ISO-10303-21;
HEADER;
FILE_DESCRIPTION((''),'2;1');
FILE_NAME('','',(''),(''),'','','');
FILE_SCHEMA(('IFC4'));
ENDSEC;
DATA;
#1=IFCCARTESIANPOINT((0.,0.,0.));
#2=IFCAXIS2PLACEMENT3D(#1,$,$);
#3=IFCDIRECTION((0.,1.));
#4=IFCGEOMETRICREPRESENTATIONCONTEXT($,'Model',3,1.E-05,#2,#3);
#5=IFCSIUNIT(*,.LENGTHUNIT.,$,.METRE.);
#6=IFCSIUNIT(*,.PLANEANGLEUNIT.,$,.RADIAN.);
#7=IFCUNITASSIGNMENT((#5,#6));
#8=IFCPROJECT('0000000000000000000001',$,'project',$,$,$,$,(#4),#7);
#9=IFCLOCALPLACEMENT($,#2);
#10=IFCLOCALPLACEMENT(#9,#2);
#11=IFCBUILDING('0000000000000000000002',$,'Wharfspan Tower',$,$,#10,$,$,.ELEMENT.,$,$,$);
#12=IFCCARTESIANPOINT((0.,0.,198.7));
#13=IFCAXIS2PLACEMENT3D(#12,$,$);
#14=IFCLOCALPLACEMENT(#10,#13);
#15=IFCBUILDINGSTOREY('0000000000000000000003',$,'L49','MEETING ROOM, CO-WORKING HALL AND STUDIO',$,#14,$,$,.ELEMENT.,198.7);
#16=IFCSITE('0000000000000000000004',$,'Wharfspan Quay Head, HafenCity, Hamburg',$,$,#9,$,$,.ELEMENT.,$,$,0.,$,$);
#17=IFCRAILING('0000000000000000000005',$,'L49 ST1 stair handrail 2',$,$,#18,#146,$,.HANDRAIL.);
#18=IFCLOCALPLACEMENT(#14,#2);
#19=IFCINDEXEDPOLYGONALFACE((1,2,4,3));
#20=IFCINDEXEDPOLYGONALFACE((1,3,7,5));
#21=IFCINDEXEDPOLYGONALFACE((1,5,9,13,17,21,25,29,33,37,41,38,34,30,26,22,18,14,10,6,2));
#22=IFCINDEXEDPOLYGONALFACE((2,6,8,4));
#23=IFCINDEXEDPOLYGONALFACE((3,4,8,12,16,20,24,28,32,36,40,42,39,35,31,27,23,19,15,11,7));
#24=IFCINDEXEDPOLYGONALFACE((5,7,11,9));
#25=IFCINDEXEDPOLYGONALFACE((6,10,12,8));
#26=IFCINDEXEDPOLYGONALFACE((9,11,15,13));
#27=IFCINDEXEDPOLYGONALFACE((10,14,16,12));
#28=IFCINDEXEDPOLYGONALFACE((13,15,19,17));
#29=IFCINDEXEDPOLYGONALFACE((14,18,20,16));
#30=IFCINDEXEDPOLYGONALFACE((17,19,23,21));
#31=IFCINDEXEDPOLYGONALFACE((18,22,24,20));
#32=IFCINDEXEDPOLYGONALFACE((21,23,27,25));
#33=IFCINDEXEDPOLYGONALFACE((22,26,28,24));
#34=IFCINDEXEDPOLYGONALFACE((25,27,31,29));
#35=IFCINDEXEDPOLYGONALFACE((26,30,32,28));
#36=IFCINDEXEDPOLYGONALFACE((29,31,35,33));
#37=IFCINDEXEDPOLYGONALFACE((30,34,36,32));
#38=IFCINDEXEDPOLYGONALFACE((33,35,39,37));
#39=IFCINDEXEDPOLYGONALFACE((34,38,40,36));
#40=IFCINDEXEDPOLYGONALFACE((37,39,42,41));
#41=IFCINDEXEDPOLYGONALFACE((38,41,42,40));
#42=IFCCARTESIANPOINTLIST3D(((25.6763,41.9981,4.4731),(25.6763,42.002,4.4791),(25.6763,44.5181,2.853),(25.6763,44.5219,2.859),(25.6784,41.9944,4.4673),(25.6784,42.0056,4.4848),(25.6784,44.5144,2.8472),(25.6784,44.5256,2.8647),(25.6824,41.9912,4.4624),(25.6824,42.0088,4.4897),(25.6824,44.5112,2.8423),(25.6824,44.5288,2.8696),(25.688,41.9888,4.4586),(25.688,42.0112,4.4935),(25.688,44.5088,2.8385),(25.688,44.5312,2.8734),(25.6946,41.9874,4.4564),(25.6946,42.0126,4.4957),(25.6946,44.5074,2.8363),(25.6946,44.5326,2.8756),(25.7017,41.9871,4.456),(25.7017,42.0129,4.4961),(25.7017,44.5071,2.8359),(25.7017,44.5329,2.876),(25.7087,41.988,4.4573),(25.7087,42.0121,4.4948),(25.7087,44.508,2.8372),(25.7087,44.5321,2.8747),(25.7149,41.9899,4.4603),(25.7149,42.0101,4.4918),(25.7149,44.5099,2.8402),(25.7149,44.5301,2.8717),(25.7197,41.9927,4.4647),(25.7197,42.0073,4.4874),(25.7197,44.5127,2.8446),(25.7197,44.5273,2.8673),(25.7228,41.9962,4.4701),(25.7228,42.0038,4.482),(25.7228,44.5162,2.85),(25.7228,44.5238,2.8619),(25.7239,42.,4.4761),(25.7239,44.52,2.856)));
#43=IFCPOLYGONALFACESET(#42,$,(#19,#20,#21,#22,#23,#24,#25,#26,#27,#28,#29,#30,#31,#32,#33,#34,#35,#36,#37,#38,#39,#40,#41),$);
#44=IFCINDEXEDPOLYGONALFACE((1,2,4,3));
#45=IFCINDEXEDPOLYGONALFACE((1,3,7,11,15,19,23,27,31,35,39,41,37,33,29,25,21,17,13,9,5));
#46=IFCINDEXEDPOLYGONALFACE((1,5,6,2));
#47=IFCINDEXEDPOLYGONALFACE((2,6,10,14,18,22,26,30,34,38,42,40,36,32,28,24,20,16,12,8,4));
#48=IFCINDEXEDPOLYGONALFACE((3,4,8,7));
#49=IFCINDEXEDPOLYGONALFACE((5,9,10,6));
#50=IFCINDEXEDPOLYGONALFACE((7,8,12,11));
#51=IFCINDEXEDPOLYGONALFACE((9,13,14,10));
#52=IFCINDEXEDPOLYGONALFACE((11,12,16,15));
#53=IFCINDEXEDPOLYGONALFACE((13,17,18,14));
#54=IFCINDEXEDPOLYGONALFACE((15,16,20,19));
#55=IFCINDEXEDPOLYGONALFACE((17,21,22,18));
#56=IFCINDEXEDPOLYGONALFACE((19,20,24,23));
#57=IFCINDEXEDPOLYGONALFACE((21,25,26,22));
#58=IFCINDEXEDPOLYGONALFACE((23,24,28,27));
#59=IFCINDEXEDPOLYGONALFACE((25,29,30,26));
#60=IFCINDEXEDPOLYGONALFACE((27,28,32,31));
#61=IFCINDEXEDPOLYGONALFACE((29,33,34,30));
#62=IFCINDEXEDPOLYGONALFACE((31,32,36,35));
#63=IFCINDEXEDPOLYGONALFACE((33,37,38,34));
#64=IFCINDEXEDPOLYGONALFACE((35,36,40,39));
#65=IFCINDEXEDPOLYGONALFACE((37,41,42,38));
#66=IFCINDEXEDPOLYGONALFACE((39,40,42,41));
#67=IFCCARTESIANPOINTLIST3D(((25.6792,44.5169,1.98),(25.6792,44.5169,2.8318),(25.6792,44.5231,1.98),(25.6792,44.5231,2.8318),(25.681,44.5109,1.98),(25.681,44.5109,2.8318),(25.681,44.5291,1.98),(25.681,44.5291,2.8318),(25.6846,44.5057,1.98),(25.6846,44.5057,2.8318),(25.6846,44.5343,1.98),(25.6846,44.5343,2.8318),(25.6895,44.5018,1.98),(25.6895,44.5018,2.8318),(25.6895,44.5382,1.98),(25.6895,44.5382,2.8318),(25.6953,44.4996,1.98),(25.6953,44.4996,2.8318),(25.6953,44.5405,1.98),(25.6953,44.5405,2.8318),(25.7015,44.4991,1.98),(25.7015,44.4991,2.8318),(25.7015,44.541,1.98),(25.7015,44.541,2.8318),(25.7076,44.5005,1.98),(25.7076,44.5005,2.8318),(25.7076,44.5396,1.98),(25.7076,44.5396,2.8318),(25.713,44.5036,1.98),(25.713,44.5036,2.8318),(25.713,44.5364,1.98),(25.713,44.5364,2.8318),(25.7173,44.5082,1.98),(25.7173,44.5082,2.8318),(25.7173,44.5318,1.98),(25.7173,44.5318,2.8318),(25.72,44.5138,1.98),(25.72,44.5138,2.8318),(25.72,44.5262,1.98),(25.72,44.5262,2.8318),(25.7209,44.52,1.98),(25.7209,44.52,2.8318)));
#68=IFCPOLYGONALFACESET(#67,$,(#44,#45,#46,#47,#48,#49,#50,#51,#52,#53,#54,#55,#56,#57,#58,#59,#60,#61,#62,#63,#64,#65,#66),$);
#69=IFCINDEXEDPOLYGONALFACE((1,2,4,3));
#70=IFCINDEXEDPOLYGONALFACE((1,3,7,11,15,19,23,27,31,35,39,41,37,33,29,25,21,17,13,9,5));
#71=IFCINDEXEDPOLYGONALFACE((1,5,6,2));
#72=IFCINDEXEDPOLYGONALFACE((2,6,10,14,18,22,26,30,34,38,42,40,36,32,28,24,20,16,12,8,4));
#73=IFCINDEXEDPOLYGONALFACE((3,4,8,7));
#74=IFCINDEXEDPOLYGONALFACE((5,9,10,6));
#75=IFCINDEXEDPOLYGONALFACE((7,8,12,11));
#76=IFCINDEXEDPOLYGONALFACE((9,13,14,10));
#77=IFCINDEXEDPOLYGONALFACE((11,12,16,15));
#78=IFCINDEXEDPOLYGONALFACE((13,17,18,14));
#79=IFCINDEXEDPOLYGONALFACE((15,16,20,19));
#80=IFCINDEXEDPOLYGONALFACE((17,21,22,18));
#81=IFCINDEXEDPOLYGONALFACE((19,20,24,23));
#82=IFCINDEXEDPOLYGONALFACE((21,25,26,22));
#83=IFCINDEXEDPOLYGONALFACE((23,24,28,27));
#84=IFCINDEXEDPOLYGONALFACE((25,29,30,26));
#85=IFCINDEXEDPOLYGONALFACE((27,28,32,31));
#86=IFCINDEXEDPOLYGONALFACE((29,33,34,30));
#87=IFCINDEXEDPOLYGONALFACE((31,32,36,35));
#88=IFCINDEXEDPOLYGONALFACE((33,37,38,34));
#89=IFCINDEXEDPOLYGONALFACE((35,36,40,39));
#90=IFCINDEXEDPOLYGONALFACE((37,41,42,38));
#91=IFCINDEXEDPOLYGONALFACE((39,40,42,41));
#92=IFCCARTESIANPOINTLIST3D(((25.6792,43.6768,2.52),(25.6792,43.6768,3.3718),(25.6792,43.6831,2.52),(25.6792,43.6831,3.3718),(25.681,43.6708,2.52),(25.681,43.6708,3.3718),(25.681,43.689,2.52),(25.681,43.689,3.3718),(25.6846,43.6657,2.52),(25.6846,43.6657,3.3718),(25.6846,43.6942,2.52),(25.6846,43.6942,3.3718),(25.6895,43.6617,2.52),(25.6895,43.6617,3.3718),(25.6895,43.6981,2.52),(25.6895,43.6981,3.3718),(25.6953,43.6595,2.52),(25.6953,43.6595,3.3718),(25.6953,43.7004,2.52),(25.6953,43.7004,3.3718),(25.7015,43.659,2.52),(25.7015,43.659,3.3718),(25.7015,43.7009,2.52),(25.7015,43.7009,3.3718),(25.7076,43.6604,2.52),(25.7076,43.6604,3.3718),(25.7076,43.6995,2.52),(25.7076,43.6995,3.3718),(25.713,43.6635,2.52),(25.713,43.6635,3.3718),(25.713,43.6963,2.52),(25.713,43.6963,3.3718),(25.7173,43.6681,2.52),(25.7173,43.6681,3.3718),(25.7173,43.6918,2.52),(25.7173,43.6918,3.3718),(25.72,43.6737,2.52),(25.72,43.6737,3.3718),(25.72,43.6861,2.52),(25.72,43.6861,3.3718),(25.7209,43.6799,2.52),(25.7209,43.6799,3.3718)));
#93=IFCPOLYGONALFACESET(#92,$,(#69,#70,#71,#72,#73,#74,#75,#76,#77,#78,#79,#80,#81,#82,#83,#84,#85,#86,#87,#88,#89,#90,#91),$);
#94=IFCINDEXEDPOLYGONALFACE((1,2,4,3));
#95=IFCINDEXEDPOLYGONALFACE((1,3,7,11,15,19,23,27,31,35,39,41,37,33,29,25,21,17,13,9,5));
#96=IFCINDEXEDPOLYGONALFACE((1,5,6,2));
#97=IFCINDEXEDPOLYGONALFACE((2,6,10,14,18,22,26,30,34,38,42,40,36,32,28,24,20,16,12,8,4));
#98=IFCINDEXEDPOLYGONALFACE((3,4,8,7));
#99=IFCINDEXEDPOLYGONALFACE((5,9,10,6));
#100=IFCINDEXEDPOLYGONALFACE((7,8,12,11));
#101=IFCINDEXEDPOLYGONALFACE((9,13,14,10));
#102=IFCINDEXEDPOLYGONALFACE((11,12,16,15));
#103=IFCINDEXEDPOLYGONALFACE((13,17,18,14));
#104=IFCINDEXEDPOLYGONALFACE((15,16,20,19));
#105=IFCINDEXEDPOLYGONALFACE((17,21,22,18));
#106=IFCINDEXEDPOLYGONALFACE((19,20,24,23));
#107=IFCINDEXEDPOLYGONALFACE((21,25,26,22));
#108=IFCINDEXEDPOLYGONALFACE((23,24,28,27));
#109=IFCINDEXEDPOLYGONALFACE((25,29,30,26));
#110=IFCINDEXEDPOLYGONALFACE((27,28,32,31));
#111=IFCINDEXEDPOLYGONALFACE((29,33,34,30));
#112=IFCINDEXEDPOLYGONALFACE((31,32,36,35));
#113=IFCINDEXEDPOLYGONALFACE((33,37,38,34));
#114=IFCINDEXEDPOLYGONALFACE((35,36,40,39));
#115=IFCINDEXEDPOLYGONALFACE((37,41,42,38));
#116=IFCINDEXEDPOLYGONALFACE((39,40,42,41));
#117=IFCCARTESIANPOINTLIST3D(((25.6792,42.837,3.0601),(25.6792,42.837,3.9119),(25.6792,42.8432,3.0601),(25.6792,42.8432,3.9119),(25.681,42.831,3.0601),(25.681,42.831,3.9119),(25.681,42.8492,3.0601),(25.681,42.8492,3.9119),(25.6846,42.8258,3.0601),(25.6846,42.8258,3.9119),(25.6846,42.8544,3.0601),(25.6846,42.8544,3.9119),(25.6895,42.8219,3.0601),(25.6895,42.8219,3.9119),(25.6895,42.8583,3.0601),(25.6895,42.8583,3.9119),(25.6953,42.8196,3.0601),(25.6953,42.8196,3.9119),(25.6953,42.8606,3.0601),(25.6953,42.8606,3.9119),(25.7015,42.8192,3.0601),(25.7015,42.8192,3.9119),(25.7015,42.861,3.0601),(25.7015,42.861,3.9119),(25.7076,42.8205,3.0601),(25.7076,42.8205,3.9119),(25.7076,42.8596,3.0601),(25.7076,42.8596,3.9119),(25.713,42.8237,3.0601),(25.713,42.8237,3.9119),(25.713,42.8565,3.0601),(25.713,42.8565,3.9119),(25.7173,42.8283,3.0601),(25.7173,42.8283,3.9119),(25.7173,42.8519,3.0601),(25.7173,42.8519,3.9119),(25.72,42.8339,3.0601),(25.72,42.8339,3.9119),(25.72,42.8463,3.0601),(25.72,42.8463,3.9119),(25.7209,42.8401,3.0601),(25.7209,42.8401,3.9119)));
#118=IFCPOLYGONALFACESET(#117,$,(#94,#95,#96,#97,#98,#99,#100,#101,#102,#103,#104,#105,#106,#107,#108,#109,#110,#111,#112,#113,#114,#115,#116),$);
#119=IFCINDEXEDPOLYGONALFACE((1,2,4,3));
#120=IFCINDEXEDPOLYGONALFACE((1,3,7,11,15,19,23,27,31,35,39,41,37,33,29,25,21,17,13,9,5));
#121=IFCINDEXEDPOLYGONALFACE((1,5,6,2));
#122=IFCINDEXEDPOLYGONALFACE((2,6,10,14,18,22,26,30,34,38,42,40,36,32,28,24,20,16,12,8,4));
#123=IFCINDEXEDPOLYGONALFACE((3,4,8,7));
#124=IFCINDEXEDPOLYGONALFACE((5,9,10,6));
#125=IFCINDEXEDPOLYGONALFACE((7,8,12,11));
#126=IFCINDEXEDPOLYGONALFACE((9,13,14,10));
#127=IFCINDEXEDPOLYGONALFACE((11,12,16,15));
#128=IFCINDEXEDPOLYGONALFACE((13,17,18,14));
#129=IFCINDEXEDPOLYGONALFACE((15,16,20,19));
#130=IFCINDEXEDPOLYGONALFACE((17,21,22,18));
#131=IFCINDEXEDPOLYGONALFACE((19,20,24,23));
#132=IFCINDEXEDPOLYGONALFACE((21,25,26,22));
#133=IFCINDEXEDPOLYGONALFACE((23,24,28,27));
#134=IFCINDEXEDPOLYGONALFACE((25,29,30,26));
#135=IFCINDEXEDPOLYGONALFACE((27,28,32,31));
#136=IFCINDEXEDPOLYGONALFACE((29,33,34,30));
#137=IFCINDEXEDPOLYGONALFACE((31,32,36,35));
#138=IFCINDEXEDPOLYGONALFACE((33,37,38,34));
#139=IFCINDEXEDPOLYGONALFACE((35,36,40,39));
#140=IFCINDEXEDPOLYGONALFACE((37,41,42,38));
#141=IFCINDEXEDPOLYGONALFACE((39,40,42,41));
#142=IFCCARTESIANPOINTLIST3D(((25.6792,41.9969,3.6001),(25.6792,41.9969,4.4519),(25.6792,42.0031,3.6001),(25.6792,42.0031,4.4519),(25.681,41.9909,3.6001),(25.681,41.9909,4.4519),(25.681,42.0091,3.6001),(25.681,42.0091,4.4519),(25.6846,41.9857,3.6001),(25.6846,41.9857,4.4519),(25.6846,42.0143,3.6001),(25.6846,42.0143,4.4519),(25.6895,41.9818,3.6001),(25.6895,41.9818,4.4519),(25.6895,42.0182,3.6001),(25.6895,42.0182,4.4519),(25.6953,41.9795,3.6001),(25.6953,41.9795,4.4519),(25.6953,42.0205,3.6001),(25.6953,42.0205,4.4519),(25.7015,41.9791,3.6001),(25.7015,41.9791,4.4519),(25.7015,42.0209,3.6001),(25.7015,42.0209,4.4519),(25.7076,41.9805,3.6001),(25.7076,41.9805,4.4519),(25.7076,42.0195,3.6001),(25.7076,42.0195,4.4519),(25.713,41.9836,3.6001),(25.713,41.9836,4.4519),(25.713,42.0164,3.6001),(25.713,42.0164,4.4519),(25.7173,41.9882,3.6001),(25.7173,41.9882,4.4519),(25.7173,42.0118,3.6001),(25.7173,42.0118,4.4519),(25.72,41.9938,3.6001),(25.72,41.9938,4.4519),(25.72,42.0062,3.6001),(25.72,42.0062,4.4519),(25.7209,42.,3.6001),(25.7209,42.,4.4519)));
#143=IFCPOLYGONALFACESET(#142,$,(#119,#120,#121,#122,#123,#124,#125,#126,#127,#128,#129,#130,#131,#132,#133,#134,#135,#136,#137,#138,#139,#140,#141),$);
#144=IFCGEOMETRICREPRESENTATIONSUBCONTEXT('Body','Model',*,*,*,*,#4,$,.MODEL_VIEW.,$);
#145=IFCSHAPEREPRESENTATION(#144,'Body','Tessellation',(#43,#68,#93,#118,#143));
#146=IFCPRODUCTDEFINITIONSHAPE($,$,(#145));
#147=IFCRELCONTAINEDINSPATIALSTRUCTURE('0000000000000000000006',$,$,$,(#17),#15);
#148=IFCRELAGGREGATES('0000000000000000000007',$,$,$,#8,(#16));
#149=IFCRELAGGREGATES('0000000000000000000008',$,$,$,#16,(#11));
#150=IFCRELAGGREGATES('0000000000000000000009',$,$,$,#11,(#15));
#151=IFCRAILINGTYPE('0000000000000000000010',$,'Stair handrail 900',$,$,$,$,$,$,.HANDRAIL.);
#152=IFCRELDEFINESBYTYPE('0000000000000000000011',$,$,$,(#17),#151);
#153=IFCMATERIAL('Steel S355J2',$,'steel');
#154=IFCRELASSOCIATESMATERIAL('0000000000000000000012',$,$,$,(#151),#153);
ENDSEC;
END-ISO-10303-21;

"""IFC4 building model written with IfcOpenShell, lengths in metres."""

from ifc_helpers import new_model, si_unit, direction, frame, origin, origin_2d, place, context, subcontext, project, spatial, circle, extrude, material, type_object, element, save


model = new_model("IFC4")

# Units and contexts
model_context = context("Model", 3, precision=1e-05, world=origin(), true_north=direction((0.0, 1.0)))
body_context = subcontext(model_context, "Body", "Model", "MODEL_VIEW")
ifc_project = project(units=[si_unit("LENGTHUNIT", "METRE"), si_unit("PLANEANGLEUNIT", "RADIAN")], contexts=[model_context])

# Site, building, storey
site_placement = place(None, origin())
site = spatial("IfcSite", under=ifc_project, at=site_placement, Name="Wharfspan Quay Head, HafenCity, Hamburg", CompositionType="ELEMENT", RefElevation=0.0)
building_placement = place(site_placement, origin())
building = spatial("IfcBuilding", under=site, at=building_placement, Name="Wharfspan Tower", CompositionType="ELEMENT")
storey_placement = place(building_placement, frame((0.0, 0.0, 198.7)))
storey = spatial("IfcBuildingStorey", under=building, at=storey_placement, Name="L49", Description="MEETING ROOM, CO-WORKING HALL AND STUDIO", CompositionType="ELEMENT", Elevation=198.7)

# Shared definitions
ifc_material_1 = material(Name="Steel S355J2", Category="steel")

# Railing
railing_type_1 = type_object("IfcRailingType", Name="Stair handrail 900", PredefinedType="HANDRAIL", material=ifc_material_1)
railing_1_placement = place(storey_placement, frame((25.7, 44.52, 1.98)))
element("IfcRailing", 1, at=railing_1_placement, inside=storey, type_object=railing_type_1, Name="L49 ST1 stair handrail 2", PredefinedType="HANDRAIL", context=body_context, shape_type="SweptSolid", body=[
    extrude(circle(Radius=0.0239, at=origin_2d()), frame((0.0, 0.0, 0.876), z_axis=(0.0, -0.841163, 0.540782), x_axis=(1.0, 0.0, 0.0)), (0.0, 0.0, 1.0), 2.9958),
    extrude(circle(Radius=0.021, at=origin_2d()), origin(), (0.0, 0.0, 1.0), 0.8518),
    extrude(circle(Radius=0.021, at=origin_2d()), frame((0.0, -0.8401, 0.54)), (0.0, 0.0, 1.0), 0.8518),
    extrude(circle(Radius=0.021, at=origin_2d()), frame((0.0, -1.6799, 1.0801)), (0.0, 0.0, 1.0), 0.8518),
    extrude(circle(Radius=0.021, at=origin_2d()), frame((0.0, -2.52, 1.6201)), (0.0, 0.0, 1.0), 0.8518),
])

save(model, "model.ifc")
